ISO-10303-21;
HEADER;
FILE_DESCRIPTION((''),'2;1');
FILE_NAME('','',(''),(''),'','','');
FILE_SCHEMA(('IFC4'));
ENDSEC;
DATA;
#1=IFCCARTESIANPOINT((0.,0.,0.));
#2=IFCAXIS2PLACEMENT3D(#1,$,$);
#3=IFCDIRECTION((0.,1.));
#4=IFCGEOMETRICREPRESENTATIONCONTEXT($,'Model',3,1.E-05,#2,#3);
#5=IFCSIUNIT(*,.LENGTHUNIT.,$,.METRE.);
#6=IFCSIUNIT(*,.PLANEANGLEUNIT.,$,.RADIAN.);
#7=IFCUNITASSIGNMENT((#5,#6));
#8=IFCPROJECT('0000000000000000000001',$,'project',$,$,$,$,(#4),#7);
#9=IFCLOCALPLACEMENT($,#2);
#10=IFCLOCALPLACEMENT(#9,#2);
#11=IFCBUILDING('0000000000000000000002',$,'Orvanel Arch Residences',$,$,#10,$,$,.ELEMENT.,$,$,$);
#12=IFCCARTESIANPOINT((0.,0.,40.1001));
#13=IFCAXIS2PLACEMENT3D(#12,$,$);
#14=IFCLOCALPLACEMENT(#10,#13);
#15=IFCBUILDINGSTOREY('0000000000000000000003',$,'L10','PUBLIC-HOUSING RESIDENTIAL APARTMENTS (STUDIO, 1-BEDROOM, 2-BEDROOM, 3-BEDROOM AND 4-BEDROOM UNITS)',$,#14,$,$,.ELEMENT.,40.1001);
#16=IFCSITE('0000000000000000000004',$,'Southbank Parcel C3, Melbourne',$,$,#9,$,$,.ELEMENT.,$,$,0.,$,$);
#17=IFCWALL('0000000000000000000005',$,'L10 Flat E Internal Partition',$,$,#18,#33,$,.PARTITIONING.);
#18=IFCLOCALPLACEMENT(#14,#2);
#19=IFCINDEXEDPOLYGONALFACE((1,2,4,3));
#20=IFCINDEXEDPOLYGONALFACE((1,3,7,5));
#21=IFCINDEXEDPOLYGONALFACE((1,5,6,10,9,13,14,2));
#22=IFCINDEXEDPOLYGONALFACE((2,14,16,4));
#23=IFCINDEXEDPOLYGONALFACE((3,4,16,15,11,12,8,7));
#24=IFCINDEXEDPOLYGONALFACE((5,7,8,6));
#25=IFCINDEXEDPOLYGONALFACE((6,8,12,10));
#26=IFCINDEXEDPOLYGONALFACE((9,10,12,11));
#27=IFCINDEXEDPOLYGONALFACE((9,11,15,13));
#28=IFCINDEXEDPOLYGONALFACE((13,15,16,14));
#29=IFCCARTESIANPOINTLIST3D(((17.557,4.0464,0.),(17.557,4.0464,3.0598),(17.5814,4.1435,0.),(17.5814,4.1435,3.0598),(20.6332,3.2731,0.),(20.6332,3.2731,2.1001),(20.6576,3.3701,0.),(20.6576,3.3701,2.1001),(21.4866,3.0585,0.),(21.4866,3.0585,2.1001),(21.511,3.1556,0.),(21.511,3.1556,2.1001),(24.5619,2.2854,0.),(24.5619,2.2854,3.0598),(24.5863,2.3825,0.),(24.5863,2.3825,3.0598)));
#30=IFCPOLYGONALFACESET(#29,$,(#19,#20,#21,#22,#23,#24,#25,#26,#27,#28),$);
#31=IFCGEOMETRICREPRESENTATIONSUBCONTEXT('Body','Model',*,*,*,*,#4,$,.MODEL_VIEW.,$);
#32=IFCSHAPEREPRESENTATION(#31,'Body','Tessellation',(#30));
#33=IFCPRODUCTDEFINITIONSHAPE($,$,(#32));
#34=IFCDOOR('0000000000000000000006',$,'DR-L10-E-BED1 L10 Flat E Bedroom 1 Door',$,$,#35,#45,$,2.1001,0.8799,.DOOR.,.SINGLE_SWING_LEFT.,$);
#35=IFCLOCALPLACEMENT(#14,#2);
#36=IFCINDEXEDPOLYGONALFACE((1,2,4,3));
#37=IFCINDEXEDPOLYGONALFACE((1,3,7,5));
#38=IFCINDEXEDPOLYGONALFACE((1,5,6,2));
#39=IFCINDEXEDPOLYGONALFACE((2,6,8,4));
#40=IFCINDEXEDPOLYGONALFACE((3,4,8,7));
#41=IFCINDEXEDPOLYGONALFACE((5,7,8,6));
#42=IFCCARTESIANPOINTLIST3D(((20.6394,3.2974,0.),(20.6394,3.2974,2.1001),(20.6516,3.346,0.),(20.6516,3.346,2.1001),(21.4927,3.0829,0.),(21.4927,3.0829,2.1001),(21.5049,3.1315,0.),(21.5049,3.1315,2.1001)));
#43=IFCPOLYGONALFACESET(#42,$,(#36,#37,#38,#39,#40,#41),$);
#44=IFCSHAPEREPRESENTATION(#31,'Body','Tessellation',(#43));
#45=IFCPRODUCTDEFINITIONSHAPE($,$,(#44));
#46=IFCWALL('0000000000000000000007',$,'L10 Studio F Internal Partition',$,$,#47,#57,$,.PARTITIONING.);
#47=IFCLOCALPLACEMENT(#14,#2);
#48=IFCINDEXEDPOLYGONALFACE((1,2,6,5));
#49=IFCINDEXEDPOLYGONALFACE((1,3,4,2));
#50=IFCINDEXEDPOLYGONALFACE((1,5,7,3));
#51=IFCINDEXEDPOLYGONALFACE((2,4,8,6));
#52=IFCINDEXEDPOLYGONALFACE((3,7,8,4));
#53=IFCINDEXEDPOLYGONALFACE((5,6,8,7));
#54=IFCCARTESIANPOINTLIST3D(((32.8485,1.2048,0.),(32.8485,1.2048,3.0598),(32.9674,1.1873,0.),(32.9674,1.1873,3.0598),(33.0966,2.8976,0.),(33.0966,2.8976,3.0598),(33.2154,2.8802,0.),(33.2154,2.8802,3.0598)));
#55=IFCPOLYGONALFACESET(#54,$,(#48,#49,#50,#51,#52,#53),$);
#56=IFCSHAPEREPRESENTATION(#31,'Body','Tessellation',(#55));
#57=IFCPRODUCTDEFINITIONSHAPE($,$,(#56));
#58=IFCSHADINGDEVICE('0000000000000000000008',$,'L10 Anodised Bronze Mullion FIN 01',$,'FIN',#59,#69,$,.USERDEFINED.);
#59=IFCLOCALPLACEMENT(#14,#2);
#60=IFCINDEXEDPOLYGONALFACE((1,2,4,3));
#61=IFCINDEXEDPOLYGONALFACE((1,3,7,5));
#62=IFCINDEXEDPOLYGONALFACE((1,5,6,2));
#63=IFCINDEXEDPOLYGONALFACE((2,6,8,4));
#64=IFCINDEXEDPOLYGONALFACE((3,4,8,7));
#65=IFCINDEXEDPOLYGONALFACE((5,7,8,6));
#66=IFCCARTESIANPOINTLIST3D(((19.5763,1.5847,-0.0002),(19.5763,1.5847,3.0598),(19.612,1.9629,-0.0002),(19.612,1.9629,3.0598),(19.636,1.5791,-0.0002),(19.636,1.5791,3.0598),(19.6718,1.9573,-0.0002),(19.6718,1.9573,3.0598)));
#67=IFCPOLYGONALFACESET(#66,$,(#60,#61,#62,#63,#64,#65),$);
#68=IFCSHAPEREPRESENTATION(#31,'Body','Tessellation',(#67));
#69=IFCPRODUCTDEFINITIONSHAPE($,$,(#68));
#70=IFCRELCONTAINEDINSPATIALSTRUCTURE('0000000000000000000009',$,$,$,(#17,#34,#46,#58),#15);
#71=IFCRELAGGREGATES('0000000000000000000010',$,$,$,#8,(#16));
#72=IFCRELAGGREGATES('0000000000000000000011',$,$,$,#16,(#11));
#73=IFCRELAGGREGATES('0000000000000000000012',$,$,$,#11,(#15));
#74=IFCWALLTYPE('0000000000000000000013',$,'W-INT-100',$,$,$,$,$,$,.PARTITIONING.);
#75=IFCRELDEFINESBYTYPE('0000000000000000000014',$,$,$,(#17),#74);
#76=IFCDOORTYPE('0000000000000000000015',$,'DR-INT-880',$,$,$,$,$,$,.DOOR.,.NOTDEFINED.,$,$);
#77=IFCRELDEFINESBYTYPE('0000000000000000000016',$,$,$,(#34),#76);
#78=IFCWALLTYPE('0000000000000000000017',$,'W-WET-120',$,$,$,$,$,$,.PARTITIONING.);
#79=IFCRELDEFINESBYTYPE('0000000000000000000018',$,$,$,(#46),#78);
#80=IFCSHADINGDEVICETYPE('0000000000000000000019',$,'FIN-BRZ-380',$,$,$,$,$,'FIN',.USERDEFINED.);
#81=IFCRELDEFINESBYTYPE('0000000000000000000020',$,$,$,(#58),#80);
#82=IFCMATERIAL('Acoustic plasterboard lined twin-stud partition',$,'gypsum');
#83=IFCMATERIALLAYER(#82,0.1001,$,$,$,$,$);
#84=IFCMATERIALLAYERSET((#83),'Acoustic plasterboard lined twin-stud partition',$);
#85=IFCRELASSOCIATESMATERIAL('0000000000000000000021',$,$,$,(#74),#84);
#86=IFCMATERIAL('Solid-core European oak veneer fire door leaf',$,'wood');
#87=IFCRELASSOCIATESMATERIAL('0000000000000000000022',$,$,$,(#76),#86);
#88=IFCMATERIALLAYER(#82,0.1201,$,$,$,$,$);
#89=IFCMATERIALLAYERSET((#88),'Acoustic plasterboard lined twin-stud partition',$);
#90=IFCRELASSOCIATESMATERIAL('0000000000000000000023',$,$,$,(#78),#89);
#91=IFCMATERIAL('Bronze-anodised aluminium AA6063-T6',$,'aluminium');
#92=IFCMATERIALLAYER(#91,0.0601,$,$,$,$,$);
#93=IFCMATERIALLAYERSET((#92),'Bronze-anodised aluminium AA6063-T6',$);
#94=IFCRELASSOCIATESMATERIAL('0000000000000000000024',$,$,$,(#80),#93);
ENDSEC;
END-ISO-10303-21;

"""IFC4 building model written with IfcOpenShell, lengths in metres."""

from ifc_helpers import new_model, si_unit, direction, frame, frame_2d, origin, origin_2d, place, context, subcontext, project, spatial, rectangle, extrude, material, layer, layer_set, type_object, element, fill, save


model = new_model("IFC4")

# Units and contexts
model_context = context("Model", 3, precision=1e-05, world=origin(), true_north=direction((0.0, 1.0)))
body_context = subcontext(model_context, "Body", "Model", "MODEL_VIEW")
ifc_project = project(units=[si_unit("LENGTHUNIT", "METRE"), si_unit("PLANEANGLEUNIT", "RADIAN")], contexts=[model_context])

# Site, building, storey
site_placement = place(None, origin())
site = spatial("IfcSite", under=ifc_project, at=site_placement, Name="Southbank Parcel C3, Melbourne", CompositionType="ELEMENT", RefElevation=0.0)
building_placement = place(site_placement, origin())
building = spatial("IfcBuilding", under=site, at=building_placement, Name="Orvanel Arch Residences", CompositionType="ELEMENT")
storey_placement = place(building_placement, frame((0.0, 0.0, 40.1001)))
storey = spatial("IfcBuildingStorey", under=building, at=storey_placement, Name="L10", Description="PUBLIC-HOUSING RESIDENTIAL APARTMENTS (STUDIO, 1-BEDROOM, 2-BEDROOM, 3-BEDROOM AND 4-BEDROOM UNITS)", CompositionType="ELEMENT", Elevation=40.1001)

# Shared definitions
ifc_material_1 = material(Name="Bronze-anodised aluminium AA6063-T6", Category="aluminium")

# Wall, opening, door
ifc_material_2 = material(Name="Acoustic plasterboard lined twin-stud partition", Category="gypsum")
ifc_layer_1 = layer(ifc_material_2, 0.1001)
ifc_layer_set_1 = layer_set([ifc_layer_1], Name="Acoustic plasterboard lined twin-stud partition")
wall_type_1 = type_object("IfcWallType", Name="W-INT-100", PredefinedType="PARTITIONING", material=ifc_layer_set_1)
wall_1_placement = place(storey_placement, frame((24.574, 2.334, 0.0), z_axis=(0.0, 0.0, 1.0), x_axis=(-0.969824, 0.243808, 0.0)))
wall_1 = element("IfcWall", 1, at=wall_1_placement, inside=storey, type_object=wall_type_1, Name="L10 Flat E Internal Partition", PredefinedType="PARTITIONING", context=body_context, shape_type="SweptSolid", body=[
    extrude(rectangle(XDim=7.2229, YDim=0.1001, at=frame_2d((3.6113, 0.0))), origin(), (0.0, 0.0, 1.0), 3.0598),
])
opening_placement = place(wall_1_placement, frame((3.1709, 0.0, 0.0)))
opening = element("IfcOpeningElement", 2, at=opening_placement, cuts=wall_1, PredefinedType="OPENING", context=body_context, shape_type="SweptSolid", body=[
    extrude(rectangle(XDim=0.8799, YDim=2.1001, at=frame_2d((0.4399, 1.05))), frame((0.0, 0.0601, 0.0), z_axis=(0.0, -1.0, 0.0), x_axis=(1.0, 0.0, 0.0)), (0.0, 0.0, 1.0), 0.1201),
])
ifc_material_3 = material(Name="Solid-core European oak veneer fire door leaf", Category="wood")
door_type = type_object("IfcDoorType", Name="DR-INT-880", OperationType="NOTDEFINED", PredefinedType="DOOR", material=ifc_material_3)
door_placement = place(opening_placement, origin())
door = element("IfcDoor", 3, at=door_placement, inside=storey, type_object=door_type, Name="DR-L10-E-BED1 L10 Flat E Bedroom 1 Door", OperationType="SINGLE_SWING_LEFT", OverallHeight=2.1001, OverallWidth=0.8799, PredefinedType="DOOR", context=body_context, shape_type="SweptSolid", body=[
    extrude(rectangle(XDim=0.8799, YDim=2.1001, at=frame_2d((0.4399, 1.05))), frame((0.0, 0.0249, 0.0), z_axis=(0.0, -1.0, 0.0), x_axis=(1.0, 0.0, 0.0)), (0.0, 0.0, 1.0), 0.05),
])
fill(opening, door)

# Wall
ifc_layer_2 = layer(ifc_material_2, 0.1201)
ifc_layer_set_2 = layer_set([ifc_layer_2], Name="Acoustic plasterboard lined twin-stud partition")
wall_type_2 = type_object("IfcWallType", Name="W-WET-120", PredefinedType="PARTITIONING", material=ifc_layer_set_2)
wall_2_placement = place(storey_placement, frame((32.908, 1.196, 0.0), z_axis=(0.0, 0.0, 1.0), x_axis=(0.144976, 0.989435, 0.0)))
element("IfcWall", 4, at=wall_2_placement, inside=storey, type_object=wall_type_2, Name="L10 Studio F Internal Partition", PredefinedType="PARTITIONING", context=body_context, shape_type="SweptSolid", body=[
    extrude(rectangle(XDim=1.7109, YDim=0.1201, at=frame_2d((0.8555, 0.0))), origin(), (0.0, 0.0, 1.0), 3.0598),
])

# Shading device
ifc_layer_3 = layer(ifc_material_1, 0.0601)
ifc_layer_set_3 = layer_set([ifc_layer_3], Name="Bronze-anodised aluminium AA6063-T6")
shading_device_type = type_object("IfcShadingDeviceType", Name="FIN-BRZ-380", ElementType="FIN", PredefinedType="USERDEFINED", material=ifc_layer_set_3)
shading_device_placement = place(storey_placement, frame((19.624, 1.771, -0.0002), z_axis=(0.0, 0.0, 1.0), x_axis=(-0.094108, -0.995562, 0.0)))
element("IfcShadingDevice", 5, at=shading_device_placement, inside=storey, type_object=shading_device_type, Name="L10 Anodised Bronze Mullion FIN 01", ObjectType="FIN", PredefinedType="USERDEFINED", context=body_context, shape_type="SweptSolid", body=[
    extrude(rectangle(XDim=0.3799, YDim=0.0601, at=origin_2d()), origin(), (0.0, 0.0, 1.0), 3.0601),
])

save(model, "model.ifc")
